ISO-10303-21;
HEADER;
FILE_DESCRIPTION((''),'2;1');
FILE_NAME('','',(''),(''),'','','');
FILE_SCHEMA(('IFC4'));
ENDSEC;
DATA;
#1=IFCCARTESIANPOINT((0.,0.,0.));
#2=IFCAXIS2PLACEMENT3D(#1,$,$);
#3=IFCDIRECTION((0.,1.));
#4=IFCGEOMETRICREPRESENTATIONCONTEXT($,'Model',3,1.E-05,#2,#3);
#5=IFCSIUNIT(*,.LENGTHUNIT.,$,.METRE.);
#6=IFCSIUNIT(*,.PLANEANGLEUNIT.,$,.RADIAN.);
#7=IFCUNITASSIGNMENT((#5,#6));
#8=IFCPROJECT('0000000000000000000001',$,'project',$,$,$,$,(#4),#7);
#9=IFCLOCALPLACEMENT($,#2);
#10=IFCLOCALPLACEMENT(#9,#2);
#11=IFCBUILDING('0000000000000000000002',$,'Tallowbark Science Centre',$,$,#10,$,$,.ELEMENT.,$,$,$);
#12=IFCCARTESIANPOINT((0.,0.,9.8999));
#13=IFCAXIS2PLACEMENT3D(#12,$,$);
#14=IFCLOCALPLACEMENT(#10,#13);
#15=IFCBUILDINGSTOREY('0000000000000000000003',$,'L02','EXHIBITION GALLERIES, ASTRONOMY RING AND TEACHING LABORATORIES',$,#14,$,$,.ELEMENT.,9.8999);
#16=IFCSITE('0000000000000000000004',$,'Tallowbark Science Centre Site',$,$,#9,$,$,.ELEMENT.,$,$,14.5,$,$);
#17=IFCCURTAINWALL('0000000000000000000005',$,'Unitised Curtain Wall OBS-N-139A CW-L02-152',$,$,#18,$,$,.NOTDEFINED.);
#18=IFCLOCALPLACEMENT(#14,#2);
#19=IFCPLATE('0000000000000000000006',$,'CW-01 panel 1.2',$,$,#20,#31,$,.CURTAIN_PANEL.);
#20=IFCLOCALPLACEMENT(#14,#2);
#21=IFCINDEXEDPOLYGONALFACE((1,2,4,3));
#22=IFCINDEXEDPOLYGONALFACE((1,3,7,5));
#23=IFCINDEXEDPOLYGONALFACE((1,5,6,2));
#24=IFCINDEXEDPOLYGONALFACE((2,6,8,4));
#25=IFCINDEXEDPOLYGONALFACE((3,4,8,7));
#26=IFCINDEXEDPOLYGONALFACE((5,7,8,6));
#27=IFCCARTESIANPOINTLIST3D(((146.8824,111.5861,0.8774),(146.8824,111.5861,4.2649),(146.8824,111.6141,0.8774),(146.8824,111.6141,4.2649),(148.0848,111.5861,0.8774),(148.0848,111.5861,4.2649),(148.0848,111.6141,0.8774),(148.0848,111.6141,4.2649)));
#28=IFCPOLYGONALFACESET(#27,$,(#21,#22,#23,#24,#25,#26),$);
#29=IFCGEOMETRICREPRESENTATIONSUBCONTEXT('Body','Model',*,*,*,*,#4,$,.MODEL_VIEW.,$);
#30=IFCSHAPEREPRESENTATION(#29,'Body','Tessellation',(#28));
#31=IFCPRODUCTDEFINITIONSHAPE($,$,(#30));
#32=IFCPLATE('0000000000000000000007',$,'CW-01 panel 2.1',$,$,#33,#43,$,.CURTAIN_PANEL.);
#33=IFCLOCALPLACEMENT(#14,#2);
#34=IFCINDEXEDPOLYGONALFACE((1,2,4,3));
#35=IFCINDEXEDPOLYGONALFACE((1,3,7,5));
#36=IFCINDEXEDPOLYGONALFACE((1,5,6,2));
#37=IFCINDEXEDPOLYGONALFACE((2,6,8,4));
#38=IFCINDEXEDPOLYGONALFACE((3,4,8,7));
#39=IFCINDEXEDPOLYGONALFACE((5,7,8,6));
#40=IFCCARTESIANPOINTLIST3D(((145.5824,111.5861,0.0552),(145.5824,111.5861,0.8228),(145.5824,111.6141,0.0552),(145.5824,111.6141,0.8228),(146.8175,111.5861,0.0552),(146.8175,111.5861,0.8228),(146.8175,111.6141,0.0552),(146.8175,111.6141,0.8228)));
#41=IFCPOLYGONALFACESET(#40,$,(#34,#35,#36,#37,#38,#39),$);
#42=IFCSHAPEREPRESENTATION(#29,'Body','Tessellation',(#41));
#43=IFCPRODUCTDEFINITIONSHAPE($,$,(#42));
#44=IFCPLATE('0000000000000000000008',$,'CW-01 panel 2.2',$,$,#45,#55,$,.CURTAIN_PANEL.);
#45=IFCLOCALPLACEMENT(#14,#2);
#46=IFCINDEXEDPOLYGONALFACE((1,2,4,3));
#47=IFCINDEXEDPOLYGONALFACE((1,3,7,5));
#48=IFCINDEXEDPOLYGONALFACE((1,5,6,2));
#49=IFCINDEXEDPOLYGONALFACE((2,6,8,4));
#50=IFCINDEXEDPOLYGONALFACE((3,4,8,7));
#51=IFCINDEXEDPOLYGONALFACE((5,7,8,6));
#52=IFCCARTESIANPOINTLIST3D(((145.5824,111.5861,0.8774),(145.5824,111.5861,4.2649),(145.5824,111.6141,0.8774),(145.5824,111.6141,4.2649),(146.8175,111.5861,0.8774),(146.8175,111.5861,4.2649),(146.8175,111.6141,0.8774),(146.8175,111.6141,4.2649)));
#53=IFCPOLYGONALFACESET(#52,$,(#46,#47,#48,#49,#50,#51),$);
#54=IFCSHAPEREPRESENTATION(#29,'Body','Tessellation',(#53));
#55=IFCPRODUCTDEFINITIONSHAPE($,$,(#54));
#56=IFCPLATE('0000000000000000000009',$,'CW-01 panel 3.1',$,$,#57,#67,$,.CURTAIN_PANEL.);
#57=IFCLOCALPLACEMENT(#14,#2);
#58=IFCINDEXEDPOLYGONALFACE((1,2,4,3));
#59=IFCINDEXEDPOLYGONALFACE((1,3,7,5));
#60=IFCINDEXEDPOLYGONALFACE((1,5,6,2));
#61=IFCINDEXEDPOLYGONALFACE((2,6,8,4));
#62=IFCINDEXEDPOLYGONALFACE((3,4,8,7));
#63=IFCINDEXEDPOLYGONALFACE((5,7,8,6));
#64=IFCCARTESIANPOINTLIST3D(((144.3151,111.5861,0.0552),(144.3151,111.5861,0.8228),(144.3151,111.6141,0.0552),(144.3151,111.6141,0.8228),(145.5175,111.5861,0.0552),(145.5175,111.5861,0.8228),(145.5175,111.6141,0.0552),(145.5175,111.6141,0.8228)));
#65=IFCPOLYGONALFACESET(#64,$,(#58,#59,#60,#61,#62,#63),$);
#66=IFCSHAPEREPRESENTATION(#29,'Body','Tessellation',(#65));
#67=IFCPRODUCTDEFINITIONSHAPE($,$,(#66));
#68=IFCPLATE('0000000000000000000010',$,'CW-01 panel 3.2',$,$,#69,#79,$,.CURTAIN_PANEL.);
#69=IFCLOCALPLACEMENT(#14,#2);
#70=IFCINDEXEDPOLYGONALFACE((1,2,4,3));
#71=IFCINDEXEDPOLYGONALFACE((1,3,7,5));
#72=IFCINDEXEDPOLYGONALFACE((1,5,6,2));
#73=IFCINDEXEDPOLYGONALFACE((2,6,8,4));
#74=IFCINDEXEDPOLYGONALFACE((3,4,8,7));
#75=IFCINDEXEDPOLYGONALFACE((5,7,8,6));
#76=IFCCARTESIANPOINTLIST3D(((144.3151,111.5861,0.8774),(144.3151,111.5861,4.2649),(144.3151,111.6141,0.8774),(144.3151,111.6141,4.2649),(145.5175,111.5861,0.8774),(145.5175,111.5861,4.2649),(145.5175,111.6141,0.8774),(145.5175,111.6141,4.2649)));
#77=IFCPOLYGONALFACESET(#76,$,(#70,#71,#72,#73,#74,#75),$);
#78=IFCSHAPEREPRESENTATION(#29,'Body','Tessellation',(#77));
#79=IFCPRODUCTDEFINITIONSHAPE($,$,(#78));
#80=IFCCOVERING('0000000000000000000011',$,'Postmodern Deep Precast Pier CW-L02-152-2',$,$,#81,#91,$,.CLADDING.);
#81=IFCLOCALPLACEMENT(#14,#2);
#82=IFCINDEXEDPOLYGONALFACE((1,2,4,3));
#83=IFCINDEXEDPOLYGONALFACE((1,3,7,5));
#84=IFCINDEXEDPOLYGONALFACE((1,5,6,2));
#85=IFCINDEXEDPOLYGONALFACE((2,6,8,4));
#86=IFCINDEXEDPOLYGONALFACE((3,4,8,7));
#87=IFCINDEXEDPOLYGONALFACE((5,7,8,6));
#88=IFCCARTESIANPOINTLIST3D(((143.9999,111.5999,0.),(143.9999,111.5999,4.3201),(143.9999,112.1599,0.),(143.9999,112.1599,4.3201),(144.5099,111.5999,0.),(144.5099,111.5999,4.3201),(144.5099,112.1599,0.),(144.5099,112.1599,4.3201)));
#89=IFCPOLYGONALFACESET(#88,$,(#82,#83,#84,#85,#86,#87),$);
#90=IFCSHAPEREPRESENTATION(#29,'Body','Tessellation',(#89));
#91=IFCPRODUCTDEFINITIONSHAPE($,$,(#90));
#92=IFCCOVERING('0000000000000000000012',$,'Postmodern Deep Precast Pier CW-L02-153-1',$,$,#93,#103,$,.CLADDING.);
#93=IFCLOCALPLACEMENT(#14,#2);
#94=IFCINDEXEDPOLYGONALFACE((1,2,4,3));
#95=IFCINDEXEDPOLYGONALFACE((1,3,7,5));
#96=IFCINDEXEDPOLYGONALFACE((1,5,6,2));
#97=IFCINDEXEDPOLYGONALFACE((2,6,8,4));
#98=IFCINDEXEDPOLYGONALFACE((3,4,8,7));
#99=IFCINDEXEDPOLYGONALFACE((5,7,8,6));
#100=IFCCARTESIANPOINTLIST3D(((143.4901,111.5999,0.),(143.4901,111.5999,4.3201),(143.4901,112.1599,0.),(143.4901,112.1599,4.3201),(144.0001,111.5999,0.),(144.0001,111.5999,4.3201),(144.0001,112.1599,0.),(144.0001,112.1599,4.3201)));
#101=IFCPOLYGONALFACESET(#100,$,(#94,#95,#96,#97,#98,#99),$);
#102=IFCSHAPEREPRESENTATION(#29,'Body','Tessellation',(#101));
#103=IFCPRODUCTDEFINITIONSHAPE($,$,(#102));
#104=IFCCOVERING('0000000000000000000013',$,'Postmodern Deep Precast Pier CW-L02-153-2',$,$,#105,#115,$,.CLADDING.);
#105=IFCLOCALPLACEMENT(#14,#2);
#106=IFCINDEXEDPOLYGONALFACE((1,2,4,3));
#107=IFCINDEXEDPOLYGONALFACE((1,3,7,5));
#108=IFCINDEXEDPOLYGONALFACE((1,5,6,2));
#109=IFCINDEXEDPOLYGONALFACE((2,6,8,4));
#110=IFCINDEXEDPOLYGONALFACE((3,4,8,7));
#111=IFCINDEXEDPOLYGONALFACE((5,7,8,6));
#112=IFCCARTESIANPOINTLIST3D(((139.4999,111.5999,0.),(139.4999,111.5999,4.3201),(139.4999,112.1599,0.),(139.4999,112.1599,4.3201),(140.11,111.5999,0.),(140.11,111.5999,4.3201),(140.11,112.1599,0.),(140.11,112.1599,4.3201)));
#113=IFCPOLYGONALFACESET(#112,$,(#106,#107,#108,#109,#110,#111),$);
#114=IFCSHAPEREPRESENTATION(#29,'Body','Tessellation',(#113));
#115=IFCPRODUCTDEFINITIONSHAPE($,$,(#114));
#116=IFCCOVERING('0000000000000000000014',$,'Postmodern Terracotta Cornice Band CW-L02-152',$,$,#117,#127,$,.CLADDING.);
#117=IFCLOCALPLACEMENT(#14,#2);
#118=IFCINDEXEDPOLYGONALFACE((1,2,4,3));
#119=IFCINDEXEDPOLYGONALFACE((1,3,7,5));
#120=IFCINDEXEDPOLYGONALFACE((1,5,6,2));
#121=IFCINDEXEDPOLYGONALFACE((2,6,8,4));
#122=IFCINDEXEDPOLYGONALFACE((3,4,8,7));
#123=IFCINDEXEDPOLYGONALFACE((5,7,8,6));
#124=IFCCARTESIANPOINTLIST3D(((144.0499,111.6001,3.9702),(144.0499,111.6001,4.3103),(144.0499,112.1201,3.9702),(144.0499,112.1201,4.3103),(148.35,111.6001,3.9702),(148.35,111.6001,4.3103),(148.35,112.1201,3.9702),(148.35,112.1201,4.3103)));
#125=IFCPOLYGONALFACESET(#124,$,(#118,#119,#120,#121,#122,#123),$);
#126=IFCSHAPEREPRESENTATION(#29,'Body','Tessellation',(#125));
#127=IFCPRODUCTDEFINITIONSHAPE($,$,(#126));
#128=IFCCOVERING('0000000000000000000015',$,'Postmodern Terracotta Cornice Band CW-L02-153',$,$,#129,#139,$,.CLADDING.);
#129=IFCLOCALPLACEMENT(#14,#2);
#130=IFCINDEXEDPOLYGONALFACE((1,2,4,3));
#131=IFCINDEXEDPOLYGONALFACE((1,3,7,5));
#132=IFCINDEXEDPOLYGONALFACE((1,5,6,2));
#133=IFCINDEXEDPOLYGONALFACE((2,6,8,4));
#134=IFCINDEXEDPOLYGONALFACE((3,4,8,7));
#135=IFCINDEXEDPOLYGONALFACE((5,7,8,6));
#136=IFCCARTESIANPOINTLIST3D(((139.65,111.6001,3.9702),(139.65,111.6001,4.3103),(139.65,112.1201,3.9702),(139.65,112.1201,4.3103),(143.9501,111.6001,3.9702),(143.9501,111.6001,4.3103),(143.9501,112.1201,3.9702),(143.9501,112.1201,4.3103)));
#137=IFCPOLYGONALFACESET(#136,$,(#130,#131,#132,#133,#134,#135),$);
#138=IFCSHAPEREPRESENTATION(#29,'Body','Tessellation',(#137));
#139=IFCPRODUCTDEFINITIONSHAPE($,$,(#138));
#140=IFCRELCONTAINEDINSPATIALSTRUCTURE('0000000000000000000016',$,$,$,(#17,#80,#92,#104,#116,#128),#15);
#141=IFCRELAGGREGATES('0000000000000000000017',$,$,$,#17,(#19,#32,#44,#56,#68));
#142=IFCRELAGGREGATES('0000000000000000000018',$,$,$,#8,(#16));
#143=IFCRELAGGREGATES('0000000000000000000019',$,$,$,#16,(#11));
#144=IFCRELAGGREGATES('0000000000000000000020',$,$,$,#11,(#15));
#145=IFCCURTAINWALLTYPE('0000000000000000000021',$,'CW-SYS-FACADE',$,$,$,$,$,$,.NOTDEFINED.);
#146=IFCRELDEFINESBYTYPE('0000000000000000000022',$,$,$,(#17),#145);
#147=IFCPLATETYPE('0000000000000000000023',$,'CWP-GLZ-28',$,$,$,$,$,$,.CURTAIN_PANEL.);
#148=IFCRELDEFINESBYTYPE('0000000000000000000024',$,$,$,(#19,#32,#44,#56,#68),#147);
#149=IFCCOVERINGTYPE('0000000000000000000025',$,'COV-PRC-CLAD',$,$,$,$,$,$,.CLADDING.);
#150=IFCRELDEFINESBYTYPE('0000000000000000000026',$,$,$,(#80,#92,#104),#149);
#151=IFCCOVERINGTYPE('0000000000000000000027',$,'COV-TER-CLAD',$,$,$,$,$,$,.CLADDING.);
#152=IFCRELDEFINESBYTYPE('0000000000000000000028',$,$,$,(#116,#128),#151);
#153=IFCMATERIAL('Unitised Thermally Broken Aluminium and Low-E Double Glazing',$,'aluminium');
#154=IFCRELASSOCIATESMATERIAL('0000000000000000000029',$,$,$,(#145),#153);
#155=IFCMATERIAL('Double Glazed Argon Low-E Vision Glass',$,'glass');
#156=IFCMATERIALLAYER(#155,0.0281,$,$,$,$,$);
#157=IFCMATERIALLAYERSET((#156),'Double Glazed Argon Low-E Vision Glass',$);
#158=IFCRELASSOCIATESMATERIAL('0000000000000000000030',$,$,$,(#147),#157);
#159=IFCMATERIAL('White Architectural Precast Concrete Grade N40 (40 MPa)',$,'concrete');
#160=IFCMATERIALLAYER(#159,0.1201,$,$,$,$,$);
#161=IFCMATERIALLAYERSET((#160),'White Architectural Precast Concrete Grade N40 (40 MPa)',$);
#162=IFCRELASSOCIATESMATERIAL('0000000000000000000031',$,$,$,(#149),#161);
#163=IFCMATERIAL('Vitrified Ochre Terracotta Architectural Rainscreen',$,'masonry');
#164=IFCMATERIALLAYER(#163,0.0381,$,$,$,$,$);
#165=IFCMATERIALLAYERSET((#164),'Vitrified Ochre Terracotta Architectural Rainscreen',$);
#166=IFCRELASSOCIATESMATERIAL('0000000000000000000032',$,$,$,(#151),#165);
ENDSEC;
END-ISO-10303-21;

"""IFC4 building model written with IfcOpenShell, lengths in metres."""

from ifc_helpers import new_model, si_unit, direction, frame, origin, origin_2d, place, context, subcontext, project, spatial, rectangle, extrude, material, layer, layer_set, type_object, element, aggregate, save


model = new_model("IFC4")

# Units and contexts
model_context = context("Model", 3, precision=1e-05, world=origin(), true_north=direction((0.0, 1.0)))
body_context = subcontext(model_context, "Body", "Model", "MODEL_VIEW")
ifc_project = project(units=[si_unit("LENGTHUNIT", "METRE"), si_unit("PLANEANGLEUNIT", "RADIAN")], contexts=[model_context])

# Site, building, storey
site_placement = place(None, origin())
site = spatial("IfcSite", under=ifc_project, at=site_placement, Name="Tallowbark Science Centre Site", CompositionType="ELEMENT", RefElevation=14.5)
building_placement = place(site_placement, origin())
building = spatial("IfcBuilding", under=site, at=building_placement, Name="Tallowbark Science Centre", CompositionType="ELEMENT")
storey_placement = place(building_placement, frame((0.0, 0.0, 9.8999)))
storey = spatial("IfcBuildingStorey", under=building, at=storey_placement, Name="L02", Description="EXHIBITION GALLERIES, ASTRONOMY RING AND TEACHING LABORATORIES", CompositionType="ELEMENT", Elevation=9.8999)

# Curtain wall, plates
ifc_material_1 = material(Name="Unitised Thermally Broken Aluminium and Low-E Double Glazing", Category="aluminium")
curtain_wall_type = type_object("IfcCurtainWallType", Name="CW-SYS-FACADE", PredefinedType="NOTDEFINED", material=ifc_material_1)
curtain_wall_placement = place(storey_placement, origin())
curtain_wall = element("IfcCurtainWall", 1, at=curtain_wall_placement, inside=storey, type_object=curtain_wall_type, Name="Unitised Curtain Wall OBS-N-139A CW-L02-152", PredefinedType="NOTDEFINED")
ifc_material_2 = material(Name="Double Glazed Argon Low-E Vision Glass", Category="glass")
ifc_layer_1 = layer(ifc_material_2, 0.0281)
ifc_layer_set_1 = layer_set([ifc_layer_1], Name="Double Glazed Argon Low-E Vision Glass")
plate_type = type_object("IfcPlateType", Name="CWP-GLZ-28", PredefinedType="CURTAIN_PANEL", material=ifc_layer_set_1)
plate_1_placement = place(storey_placement, frame((147.4836, 111.6001, 0.8774), z_axis=(0.0, 0.0, 1.0), x_axis=(-1.0, 0.0, 0.0)))
plate_1 = element("IfcPlate", 2, at=plate_1_placement, type_object=plate_type, Name="CW-01 panel 1.2", PredefinedType="CURTAIN_PANEL", context=body_context, shape_type="SweptSolid", body=[
    extrude(rectangle(XDim=1.2024, YDim=0.0281, at=origin_2d()), origin(), (0.0, 0.0, 1.0), 3.3875),
])
plate_2_placement = place(storey_placement, frame((146.2, 111.6001, 0.0552), z_axis=(0.0, 0.0, 1.0), x_axis=(-1.0, 0.0, 0.0)))
plate_2 = element("IfcPlate", 3, at=plate_2_placement, type_object=plate_type, Name="CW-01 panel 2.1", PredefinedType="CURTAIN_PANEL", context=body_context, shape_type="SweptSolid", body=[
    extrude(rectangle(XDim=1.2351, YDim=0.0281, at=origin_2d()), origin(), (0.0, 0.0, 1.0), 0.7676),
])
plate_3_placement = place(storey_placement, frame((146.2, 111.6001, 0.8774), z_axis=(0.0, 0.0, 1.0), x_axis=(-1.0, 0.0, 0.0)))
plate_3 = element("IfcPlate", 4, at=plate_3_placement, type_object=plate_type, Name="CW-01 panel 2.2", PredefinedType="CURTAIN_PANEL", context=body_context, shape_type="SweptSolid", body=[
    extrude(rectangle(XDim=1.2351, YDim=0.0281, at=origin_2d()), origin(), (0.0, 0.0, 1.0), 3.3875),
])
plate_4_placement = place(storey_placement, frame((144.9163, 111.6001, 0.0552), z_axis=(0.0, 0.0, 1.0), x_axis=(-1.0, 0.0, 0.0)))
plate_4 = element("IfcPlate", 5, at=plate_4_placement, type_object=plate_type, Name="CW-01 panel 3.1", PredefinedType="CURTAIN_PANEL", context=body_context, shape_type="SweptSolid", body=[
    extrude(rectangle(XDim=1.2024, YDim=0.0281, at=origin_2d()), origin(), (0.0, 0.0, 1.0), 0.7676),
])
plate_5_placement = place(storey_placement, frame((144.9163, 111.6001, 0.8774), z_axis=(0.0, 0.0, 1.0), x_axis=(-1.0, 0.0, 0.0)))
plate_5 = element("IfcPlate", 6, at=plate_5_placement, type_object=plate_type, Name="CW-01 panel 3.2", PredefinedType="CURTAIN_PANEL", context=body_context, shape_type="SweptSolid", body=[
    extrude(rectangle(XDim=1.2024, YDim=0.0281, at=origin_2d()), origin(), (0.0, 0.0, 1.0), 3.3875),
])
aggregate(curtain_wall, [plate_1, plate_2, plate_3, plate_4, plate_5])

# Coverings
ifc_material_3 = material(Name="White Architectural Precast Concrete Grade N40 (40 MPa)", Category="concrete")
ifc_layer_2 = layer(ifc_material_3, 0.1201)
ifc_layer_set_2 = layer_set([ifc_layer_2], Name="White Architectural Precast Concrete Grade N40 (40 MPa)")
covering_type_1 = type_object("IfcCoveringType", Name="COV-PRC-CLAD", PredefinedType="CLADDING", material=ifc_layer_set_2)
for number, where, z_axis, x_axis, name in (
    (7, (144.2549, 111.8799, 0.0), (0.0, 0.0, 1.0), (-1.0, 0.0, 0.0), "Postmodern Deep Precast Pier CW-L02-152-2"),
    (8, (143.7451, 111.8799, 0.0), (0.0, 0.0, 1.0), (-1.0, 0.0, 0.0), "Postmodern Deep Precast Pier CW-L02-153-1"),
):
    element("IfcCovering", number, at=place(storey_placement, frame(where, z_axis=z_axis, x_axis=x_axis)), inside=storey, type_object=covering_type_1, Name=name, PredefinedType="CLADDING", context=body_context, shape_type="SweptSolid", body=[
        extrude(rectangle(XDim=0.51, YDim=0.5601, at=origin_2d()), origin(), (0.0, 0.0, 1.0), 4.3201),
    ])
covering_placement = place(storey_placement, frame((139.8049, 111.8799, 0.0), z_axis=(0.0, 0.0, 1.0), x_axis=(-1.0, 0.0, 0.0)))
element("IfcCovering", 9, at=covering_placement, inside=storey, type_object=covering_type_1, Name="Postmodern Deep Precast Pier CW-L02-153-2", PredefinedType="CLADDING", context=body_context, shape_type="SweptSolid", body=[
    extrude(rectangle(XDim=0.6101, YDim=0.5601, at=origin_2d()), origin(), (0.0, 0.0, 1.0), 4.3201),
])
ifc_material_4 = material(Name="Vitrified Ochre Terracotta Architectural Rainscreen", Category="masonry")
ifc_layer_3 = layer(ifc_material_4, 0.0381)
ifc_layer_set_3 = layer_set([ifc_layer_3], Name="Vitrified Ochre Terracotta Architectural Rainscreen")
covering_type_2 = type_object("IfcCoveringType", Name="COV-TER-CLAD", PredefinedType="CLADDING", material=ifc_layer_set_3)
for number, where, z_axis, x_axis, name in (
    (10, (146.2, 111.8601, 3.9702), (0.0, 0.0, 1.0), (-1.0, 0.0, 0.0), "Postmodern Terracotta Cornice Band CW-L02-152"),
    (11, (141.8, 111.8601, 3.9702), (0.0, 0.0, 1.0), (-1.0, 0.0, 0.0), "Postmodern Terracotta Cornice Band CW-L02-153"),
):
    element("IfcCovering", number, at=place(storey_placement, frame(where, z_axis=z_axis, x_axis=x_axis)), inside=storey, type_object=covering_type_2, Name=name, PredefinedType="CLADDING", context=body_context, shape_type="SweptSolid", body=[
        extrude(rectangle(XDim=4.3, YDim=0.52, at=origin_2d()), origin(), (0.0, 0.0, 1.0), 0.3401),
    ])

save(model, "model.ifc")
